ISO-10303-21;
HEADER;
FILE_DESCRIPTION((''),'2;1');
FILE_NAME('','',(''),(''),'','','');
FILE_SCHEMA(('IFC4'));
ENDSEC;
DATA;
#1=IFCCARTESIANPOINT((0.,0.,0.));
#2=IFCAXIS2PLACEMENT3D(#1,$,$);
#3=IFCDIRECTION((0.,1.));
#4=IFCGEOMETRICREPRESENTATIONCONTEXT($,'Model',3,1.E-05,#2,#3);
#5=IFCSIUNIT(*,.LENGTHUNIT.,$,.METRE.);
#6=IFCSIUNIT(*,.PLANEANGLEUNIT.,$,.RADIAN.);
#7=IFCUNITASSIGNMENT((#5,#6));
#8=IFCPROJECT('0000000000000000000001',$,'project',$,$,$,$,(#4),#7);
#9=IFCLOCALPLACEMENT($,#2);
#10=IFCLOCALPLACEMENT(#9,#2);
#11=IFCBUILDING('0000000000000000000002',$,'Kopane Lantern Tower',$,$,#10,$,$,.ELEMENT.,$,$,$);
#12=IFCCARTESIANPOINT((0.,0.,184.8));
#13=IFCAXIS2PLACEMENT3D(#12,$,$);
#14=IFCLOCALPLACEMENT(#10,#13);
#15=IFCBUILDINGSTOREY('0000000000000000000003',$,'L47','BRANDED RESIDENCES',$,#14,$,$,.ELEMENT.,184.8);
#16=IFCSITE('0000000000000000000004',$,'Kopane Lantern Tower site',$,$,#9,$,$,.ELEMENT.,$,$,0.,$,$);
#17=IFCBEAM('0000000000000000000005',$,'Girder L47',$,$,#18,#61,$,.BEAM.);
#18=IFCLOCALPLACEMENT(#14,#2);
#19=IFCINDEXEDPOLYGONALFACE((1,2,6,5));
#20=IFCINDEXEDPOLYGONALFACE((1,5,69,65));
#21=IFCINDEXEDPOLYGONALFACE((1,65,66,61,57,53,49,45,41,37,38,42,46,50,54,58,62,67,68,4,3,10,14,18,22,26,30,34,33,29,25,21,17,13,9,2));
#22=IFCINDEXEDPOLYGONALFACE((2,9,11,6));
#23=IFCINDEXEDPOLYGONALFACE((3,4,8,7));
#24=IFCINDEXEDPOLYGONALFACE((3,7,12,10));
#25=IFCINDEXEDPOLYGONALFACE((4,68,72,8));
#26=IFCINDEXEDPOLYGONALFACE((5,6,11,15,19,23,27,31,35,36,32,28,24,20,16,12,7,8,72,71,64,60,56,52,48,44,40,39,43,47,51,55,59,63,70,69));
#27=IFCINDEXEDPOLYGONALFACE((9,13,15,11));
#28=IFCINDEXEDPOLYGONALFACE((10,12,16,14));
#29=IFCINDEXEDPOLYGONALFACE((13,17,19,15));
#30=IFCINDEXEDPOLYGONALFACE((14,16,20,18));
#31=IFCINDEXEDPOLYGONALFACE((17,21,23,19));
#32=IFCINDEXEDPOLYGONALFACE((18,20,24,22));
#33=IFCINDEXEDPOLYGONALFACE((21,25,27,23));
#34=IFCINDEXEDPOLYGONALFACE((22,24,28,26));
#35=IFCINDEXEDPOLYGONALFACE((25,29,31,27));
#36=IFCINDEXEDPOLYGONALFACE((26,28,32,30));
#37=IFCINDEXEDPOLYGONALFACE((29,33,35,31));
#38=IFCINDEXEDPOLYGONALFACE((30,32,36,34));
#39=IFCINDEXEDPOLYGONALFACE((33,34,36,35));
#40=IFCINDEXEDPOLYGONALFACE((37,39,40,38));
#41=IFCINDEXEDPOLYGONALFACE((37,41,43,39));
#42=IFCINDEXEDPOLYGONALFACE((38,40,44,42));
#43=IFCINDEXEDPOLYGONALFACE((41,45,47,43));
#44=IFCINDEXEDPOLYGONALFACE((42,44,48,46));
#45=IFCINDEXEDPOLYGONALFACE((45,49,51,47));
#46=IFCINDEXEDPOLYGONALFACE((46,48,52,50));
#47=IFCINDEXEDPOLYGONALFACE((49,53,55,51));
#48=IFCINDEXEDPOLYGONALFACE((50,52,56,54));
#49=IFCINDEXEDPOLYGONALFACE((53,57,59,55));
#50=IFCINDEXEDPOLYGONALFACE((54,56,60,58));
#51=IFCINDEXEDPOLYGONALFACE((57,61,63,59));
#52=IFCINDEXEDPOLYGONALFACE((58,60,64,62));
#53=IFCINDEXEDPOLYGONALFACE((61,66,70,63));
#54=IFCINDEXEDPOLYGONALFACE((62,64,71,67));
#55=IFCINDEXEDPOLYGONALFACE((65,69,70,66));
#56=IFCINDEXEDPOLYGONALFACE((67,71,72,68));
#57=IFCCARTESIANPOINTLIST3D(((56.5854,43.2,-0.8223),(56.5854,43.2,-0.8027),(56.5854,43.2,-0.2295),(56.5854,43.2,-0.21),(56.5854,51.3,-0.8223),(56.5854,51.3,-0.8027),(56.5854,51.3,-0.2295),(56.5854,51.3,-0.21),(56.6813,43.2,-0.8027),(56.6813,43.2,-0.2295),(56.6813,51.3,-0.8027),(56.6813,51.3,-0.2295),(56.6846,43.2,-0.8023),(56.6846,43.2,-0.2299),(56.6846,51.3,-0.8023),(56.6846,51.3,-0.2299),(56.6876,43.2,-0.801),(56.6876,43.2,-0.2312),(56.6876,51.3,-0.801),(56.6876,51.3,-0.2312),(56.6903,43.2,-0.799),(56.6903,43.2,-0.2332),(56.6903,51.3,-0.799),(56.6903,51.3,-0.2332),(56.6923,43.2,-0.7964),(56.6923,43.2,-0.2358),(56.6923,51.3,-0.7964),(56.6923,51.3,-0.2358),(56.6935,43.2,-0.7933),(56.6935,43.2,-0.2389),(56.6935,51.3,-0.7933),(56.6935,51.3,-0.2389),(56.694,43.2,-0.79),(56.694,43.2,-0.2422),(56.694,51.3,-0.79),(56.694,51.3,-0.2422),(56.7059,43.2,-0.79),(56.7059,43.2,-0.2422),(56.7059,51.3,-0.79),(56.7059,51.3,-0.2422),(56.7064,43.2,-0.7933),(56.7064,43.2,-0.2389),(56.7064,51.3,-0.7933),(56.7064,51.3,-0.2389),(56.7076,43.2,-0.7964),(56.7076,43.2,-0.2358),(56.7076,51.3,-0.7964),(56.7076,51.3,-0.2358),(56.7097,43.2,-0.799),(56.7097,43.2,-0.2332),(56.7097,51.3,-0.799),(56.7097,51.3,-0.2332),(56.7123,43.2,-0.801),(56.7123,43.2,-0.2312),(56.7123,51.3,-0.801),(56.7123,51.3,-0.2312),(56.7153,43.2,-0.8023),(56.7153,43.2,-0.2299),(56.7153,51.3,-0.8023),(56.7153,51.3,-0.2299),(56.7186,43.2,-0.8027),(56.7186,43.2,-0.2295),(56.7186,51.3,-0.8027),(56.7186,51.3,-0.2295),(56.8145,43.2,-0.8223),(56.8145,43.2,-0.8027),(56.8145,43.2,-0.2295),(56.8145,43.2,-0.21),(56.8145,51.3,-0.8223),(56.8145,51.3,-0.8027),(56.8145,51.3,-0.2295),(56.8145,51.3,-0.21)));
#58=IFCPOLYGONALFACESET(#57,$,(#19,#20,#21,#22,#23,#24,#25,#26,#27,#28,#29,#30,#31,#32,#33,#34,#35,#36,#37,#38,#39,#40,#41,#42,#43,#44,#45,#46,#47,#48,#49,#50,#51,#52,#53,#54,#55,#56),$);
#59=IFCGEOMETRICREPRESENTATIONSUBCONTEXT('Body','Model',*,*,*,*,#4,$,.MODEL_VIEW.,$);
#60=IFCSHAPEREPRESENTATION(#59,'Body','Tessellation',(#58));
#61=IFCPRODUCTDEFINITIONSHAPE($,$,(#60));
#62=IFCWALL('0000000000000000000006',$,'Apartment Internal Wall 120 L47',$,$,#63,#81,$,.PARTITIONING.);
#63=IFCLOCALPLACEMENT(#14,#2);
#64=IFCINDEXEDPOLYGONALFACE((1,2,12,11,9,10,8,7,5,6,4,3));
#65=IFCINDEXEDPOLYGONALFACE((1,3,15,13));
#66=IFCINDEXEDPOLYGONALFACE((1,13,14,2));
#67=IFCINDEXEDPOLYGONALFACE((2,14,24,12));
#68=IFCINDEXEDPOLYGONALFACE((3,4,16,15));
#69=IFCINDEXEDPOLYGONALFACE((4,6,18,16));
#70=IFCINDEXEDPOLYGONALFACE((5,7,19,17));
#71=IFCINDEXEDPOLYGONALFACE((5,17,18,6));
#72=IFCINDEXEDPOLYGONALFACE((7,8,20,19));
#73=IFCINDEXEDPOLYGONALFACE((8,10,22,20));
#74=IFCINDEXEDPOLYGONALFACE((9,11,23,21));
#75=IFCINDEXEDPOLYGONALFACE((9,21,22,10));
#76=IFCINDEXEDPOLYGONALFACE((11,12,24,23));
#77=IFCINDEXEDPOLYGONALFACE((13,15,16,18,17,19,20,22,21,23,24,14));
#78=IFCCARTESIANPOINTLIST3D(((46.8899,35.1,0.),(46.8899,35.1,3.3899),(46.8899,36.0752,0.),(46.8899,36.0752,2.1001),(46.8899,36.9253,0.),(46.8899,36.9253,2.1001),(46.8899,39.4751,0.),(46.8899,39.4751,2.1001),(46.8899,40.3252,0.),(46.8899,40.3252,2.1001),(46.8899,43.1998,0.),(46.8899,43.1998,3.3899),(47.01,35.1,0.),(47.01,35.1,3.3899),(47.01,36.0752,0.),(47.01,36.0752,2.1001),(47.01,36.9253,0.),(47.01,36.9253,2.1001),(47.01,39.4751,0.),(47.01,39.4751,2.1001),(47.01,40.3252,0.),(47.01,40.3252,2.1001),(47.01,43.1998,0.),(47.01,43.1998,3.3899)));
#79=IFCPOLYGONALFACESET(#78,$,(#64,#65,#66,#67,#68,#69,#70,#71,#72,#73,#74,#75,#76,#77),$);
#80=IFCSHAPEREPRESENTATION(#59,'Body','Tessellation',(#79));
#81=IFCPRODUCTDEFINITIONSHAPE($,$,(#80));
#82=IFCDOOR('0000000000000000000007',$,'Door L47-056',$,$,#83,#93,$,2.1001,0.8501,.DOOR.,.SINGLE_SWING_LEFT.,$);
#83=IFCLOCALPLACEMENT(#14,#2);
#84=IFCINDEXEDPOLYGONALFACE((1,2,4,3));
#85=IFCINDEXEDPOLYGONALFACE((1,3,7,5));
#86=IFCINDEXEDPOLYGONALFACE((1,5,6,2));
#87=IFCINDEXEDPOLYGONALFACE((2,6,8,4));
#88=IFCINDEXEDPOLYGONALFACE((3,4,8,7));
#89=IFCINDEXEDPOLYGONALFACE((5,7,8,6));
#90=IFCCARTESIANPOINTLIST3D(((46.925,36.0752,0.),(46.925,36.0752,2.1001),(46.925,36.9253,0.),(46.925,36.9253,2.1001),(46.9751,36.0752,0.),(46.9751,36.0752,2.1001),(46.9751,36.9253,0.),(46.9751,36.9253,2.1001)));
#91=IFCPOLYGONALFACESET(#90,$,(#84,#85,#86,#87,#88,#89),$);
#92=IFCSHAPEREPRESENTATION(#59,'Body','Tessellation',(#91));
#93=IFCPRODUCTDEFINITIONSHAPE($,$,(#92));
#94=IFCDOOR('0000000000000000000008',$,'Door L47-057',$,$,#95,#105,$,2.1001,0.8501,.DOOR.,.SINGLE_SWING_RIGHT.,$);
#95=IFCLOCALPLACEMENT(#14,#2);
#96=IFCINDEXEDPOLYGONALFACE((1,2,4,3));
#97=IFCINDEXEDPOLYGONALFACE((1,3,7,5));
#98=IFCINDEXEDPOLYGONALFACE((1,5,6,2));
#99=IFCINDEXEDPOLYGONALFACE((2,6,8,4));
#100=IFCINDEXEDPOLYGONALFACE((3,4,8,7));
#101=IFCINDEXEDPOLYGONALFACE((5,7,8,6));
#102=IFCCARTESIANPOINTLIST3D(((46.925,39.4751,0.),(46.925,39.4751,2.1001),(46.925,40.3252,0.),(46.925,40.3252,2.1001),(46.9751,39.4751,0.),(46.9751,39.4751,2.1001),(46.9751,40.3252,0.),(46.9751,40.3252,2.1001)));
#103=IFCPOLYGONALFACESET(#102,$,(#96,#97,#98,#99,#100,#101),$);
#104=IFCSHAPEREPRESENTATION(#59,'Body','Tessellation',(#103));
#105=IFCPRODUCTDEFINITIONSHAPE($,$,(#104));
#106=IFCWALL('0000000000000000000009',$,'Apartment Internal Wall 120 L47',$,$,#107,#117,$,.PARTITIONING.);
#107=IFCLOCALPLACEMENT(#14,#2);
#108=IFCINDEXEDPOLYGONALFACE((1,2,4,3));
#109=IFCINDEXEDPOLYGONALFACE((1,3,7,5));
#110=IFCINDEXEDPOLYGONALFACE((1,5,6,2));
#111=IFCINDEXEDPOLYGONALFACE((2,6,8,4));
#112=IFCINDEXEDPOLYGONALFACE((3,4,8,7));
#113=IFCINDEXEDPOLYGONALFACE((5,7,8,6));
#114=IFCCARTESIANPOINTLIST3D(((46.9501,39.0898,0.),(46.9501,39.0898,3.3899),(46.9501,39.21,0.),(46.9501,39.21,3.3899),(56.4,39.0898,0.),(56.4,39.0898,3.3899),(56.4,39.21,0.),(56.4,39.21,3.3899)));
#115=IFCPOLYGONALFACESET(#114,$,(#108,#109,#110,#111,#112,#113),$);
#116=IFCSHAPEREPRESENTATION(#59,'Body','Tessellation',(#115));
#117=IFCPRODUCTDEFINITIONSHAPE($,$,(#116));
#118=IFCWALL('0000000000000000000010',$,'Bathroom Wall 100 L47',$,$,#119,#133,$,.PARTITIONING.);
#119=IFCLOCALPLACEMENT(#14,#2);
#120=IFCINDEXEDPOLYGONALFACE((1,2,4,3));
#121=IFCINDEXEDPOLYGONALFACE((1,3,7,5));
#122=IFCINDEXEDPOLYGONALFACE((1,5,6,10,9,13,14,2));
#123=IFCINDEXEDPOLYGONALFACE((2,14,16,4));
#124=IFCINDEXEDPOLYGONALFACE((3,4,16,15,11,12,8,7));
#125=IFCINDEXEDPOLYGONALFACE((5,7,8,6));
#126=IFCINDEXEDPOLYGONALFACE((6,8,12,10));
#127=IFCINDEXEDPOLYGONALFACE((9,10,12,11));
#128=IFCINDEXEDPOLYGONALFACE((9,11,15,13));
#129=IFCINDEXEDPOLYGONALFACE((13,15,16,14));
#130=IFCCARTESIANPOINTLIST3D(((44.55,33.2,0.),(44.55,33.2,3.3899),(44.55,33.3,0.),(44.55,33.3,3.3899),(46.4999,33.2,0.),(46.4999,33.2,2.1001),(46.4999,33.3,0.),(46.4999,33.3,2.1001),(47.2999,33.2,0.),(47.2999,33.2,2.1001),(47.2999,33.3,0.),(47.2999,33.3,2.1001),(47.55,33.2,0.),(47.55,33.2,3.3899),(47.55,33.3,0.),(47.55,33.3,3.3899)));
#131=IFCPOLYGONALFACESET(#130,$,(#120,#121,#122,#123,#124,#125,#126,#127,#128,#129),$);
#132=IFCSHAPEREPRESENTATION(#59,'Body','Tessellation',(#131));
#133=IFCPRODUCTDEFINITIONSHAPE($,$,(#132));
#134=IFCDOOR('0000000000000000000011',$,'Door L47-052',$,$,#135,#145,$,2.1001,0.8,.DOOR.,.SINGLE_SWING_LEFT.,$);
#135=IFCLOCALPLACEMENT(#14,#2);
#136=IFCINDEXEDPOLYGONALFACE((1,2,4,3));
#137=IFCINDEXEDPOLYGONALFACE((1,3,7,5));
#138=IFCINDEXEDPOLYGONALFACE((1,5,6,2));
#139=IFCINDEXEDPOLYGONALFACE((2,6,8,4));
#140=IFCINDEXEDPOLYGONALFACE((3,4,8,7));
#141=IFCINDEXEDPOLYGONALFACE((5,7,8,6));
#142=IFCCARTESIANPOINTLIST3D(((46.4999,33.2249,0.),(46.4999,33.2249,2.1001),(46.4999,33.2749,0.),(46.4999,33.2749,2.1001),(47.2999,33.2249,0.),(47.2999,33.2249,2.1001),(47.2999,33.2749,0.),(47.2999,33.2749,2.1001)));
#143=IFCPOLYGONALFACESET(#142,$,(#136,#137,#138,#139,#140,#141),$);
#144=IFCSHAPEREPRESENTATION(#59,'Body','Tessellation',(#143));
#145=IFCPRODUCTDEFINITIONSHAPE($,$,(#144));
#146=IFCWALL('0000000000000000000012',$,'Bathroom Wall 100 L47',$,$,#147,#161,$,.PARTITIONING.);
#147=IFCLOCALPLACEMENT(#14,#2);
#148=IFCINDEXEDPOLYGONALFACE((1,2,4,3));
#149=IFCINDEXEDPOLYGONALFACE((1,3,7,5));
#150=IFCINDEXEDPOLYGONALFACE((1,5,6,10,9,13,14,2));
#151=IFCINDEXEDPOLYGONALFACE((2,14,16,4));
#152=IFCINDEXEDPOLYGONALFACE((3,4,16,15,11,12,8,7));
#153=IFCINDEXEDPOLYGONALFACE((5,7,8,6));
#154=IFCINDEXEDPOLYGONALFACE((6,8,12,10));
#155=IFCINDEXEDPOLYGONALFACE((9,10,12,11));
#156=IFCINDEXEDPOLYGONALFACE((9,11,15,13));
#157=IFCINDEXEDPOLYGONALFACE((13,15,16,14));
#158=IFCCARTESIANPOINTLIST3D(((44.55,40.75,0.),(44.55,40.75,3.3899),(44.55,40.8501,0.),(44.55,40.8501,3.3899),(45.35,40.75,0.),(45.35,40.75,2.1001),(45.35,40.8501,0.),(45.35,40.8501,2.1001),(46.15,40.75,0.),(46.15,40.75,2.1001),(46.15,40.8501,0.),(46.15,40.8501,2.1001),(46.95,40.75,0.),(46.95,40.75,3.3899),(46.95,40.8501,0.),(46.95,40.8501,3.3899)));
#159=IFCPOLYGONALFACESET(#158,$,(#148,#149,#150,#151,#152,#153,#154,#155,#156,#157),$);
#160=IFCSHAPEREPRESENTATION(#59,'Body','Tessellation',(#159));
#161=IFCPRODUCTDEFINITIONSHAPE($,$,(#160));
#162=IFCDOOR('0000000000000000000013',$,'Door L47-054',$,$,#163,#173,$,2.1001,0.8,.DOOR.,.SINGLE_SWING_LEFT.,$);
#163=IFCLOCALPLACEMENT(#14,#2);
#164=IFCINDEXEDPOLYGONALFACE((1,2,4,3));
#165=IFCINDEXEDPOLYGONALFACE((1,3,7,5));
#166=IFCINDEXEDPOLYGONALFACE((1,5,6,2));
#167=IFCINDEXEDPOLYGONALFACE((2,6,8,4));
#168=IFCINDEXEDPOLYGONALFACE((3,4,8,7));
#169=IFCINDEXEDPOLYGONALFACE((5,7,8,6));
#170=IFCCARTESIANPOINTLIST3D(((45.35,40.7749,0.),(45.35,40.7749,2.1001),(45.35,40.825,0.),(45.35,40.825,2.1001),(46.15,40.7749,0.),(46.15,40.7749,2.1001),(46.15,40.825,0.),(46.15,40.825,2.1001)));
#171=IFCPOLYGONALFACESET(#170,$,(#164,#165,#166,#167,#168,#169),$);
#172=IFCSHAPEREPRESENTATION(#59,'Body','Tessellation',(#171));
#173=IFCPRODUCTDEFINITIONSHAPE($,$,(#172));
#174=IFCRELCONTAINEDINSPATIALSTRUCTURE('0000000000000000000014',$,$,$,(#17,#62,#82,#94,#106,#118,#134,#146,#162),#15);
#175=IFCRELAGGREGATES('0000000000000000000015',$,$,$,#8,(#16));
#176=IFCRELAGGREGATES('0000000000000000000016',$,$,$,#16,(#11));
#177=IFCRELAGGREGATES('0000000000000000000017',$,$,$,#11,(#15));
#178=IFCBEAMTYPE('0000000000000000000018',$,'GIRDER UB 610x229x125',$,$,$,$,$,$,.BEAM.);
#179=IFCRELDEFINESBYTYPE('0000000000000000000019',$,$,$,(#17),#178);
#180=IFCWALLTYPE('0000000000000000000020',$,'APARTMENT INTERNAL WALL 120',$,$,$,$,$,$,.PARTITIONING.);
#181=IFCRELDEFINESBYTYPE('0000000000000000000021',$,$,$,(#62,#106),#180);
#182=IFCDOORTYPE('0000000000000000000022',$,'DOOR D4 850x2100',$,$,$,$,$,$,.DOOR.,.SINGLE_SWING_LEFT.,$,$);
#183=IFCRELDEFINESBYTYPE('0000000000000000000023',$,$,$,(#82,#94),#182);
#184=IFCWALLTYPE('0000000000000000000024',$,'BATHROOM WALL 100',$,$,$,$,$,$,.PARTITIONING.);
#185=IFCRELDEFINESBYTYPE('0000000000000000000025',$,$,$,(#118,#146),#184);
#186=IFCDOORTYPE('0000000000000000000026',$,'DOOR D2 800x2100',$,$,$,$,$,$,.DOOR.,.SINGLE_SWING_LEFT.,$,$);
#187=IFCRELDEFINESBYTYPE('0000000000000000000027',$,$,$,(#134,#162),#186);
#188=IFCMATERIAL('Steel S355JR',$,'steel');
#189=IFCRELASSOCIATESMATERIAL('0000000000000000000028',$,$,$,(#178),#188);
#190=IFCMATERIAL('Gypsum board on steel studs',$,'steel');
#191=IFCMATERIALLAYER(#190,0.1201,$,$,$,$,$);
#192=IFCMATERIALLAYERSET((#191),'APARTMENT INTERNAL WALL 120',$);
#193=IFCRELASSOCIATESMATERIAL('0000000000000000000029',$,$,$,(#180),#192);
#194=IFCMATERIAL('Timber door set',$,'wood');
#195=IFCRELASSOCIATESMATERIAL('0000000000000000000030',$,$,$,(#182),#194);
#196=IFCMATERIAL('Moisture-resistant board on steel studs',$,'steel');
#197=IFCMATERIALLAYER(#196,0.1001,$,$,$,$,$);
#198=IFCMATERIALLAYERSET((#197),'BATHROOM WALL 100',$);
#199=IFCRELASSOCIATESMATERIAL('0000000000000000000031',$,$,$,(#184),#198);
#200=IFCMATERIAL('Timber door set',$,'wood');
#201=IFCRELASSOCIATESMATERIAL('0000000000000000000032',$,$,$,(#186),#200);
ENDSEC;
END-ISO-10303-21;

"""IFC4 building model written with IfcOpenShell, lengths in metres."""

from ifc_helpers import new_model, si_unit, direction, frame, frame_2d, origin, origin_2d, place, context, subcontext, project, spatial, rectangle, i_section, extrude, material, layer, layer_set, material_profile, profile_set, type_object, element, fill, save


model = new_model("IFC4")

# Units and contexts
model_context = context("Model", 3, precision=1e-05, world=origin(), true_north=direction((0.0, 1.0)))
body_context = subcontext(model_context, "Body", "Model", "MODEL_VIEW")
ifc_project = project(units=[si_unit("LENGTHUNIT", "METRE"), si_unit("PLANEANGLEUNIT", "RADIAN")], contexts=[model_context])

# Site, building, storey
site_placement = place(None, origin())
site = spatial("IfcSite", under=ifc_project, at=site_placement, Name="Kopane Lantern Tower site", CompositionType="ELEMENT", RefElevation=0.0)
building_placement = place(site_placement, origin())
building = spatial("IfcBuilding", under=site, at=building_placement, Name="Kopane Lantern Tower", CompositionType="ELEMENT")
storey_placement = place(building_placement, frame((0.0, 0.0, 184.8)))
storey = spatial("IfcBuildingStorey", under=building, at=storey_placement, Name="L47", Description="BRANDED RESIDENCES", CompositionType="ELEMENT", Elevation=184.8)

# Beam
ifc_material_1 = material(Name="Steel S355JR", Category="steel")
ifc_material_profile_1 = material_profile(ifc_material_1, i_section(OverallWidth=0.229, OverallDepth=0.6123, WebThickness=0.012, FlangeThickness=0.0195, FilletRadius=0.0127, at=origin_2d()), Name="UB 610x229x125")
ifc_profile_set_1 = profile_set([ifc_material_profile_1], Name="Steel S355JR")
beam_type = type_object("IfcBeamType", Name="GIRDER UB 610x229x125", PredefinedType="BEAM", material=ifc_profile_set_1)
beam_1_placement = place(storey_placement, frame((56.7, 43.2, -0.5161), z_axis=(0.0, 1.0, 0.0), x_axis=(-1.0, 0.0, 0.0)))
element("IfcBeam", 1, at=beam_1_placement, inside=storey, type_object=beam_type, Name="Girder L47", PredefinedType="BEAM", context=body_context, shape_type="SweptSolid", body=[
    extrude(i_section(OverallWidth=0.229, OverallDepth=0.6123, WebThickness=0.012, FlangeThickness=0.0195, FilletRadius=0.0127, at=origin_2d()), origin(), (0.0, 0.0, 1.0), 8.1001),
])

# Wall, openings, doors
ifc_material_2 = material(Name="Gypsum board on steel studs", Category="steel")
ifc_layer_1 = layer(ifc_material_2, 0.1201)
ifc_layer_set_1 = layer_set([ifc_layer_1], Name="APARTMENT INTERNAL WALL 120")
wall_type_1 = type_object("IfcWallType", Name="APARTMENT INTERNAL WALL 120", PredefinedType="PARTITIONING", material=ifc_layer_set_1)
wall_1_placement = place(storey_placement, frame((46.95, 35.1001, 0.0), z_axis=(0.0, 0.0, 1.0), x_axis=(0.0, 1.0, 0.0)))
wall_1 = element("IfcWall", 2, at=wall_1_placement, inside=storey, type_object=wall_type_1, Name="Apartment Internal Wall 120 L47", PredefinedType="PARTITIONING", context=body_context, shape_type="SweptSolid", body=[
    extrude(rectangle(XDim=8.0999, YDim=0.1201, at=frame_2d((4.0498, 0.0))), origin(), (0.0, 0.0, 1.0), 3.3899),
])
opening_1_placement = place(wall_1_placement, frame((0.9751, 0.0, 0.0)))
opening_1 = element("IfcOpeningElement", 3, at=opening_1_placement, cuts=wall_1, PredefinedType="OPENING", context=body_context, shape_type="SweptSolid", body=[
    extrude(rectangle(XDim=0.8501, YDim=2.1001, at=frame_2d((0.425, 1.05))), frame((0.0, 0.0701, 0.0), z_axis=(0.0, -1.0, 0.0), x_axis=(1.0, 0.0, 0.0)), (0.0, 0.0, 1.0), 0.1401),
])
opening_2_placement = place(wall_1_placement, frame((4.375, 0.0, 0.0)))
opening_2 = element("IfcOpeningElement", 4, at=opening_2_placement, cuts=wall_1, PredefinedType="OPENING", context=body_context, shape_type="SweptSolid", body=[
    extrude(rectangle(XDim=0.8501, YDim=2.1001, at=frame_2d((0.425, 1.05))), frame((0.0, 0.0701, 0.0), z_axis=(0.0, -1.0, 0.0), x_axis=(1.0, 0.0, 0.0)), (0.0, 0.0, 1.0), 0.1401),
])
ifc_material_3 = material(Name="Timber door set", Category="wood")
door_type_1 = type_object("IfcDoorType", Name="DOOR D4 850x2100", OperationType="SINGLE_SWING_LEFT", PredefinedType="DOOR", material=ifc_material_3)
door_1_placement = place(opening_1_placement, origin())
door_1 = element("IfcDoor", 5, at=door_1_placement, inside=storey, type_object=door_type_1, Name="Door L47-056", OperationType="SINGLE_SWING_LEFT", OverallHeight=2.1001, OverallWidth=0.8501, PredefinedType="DOOR", context=body_context, shape_type="SweptSolid", body=[
    extrude(rectangle(XDim=0.8501, YDim=2.1001, at=frame_2d((0.425, 1.05))), frame((0.0, 0.0249, 0.0), z_axis=(0.0, -1.0, 0.0), x_axis=(1.0, 0.0, 0.0)), (0.0, 0.0, 1.0), 0.05),
])
fill(opening_1, door_1)
door_2_placement = place(opening_2_placement, origin())
door_2 = element("IfcDoor", 6, at=door_2_placement, inside=storey, type_object=door_type_1, Name="Door L47-057", OperationType="SINGLE_SWING_RIGHT", OverallHeight=2.1001, OverallWidth=0.8501, PredefinedType="DOOR", context=body_context, shape_type="SweptSolid", body=[
    extrude(rectangle(XDim=0.8501, YDim=2.1001, at=frame_2d((0.425, 1.05))), frame((0.0, 0.0249, 0.0), z_axis=(0.0, -1.0, 0.0), x_axis=(1.0, 0.0, 0.0)), (0.0, 0.0, 1.0), 0.05),
])
fill(opening_2, door_2)

# Wall
wall_2_placement = place(storey_placement, frame((46.95, 39.1499, 0.0), z_axis=(0.0, 0.0, 1.0), x_axis=(1.0, 0.0, 0.0)))
element("IfcWall", 7, at=wall_2_placement, inside=storey, type_object=wall_type_1, Name="Apartment Internal Wall 120 L47", PredefinedType="PARTITIONING", context=body_context, shape_type="SweptSolid", body=[
    extrude(rectangle(XDim=9.45, YDim=0.1201, at=frame_2d((4.7251, 0.0))), origin(), (0.0, 0.0, 1.0), 3.3899),
])

# Walls, openings, doors
ifc_material_4 = material(Name="Moisture-resistant board on steel studs", Category="steel")
ifc_layer_2 = layer(ifc_material_4, 0.1001)
ifc_layer_set_2 = layer_set([ifc_layer_2], Name="BATHROOM WALL 100")
wall_type_2 = type_object("IfcWallType", Name="BATHROOM WALL 100", PredefinedType="PARTITIONING", material=ifc_layer_set_2)
wall_3_placement = place(storey_placement, frame((44.55, 33.25, 0.0), z_axis=(0.0, 0.0, 1.0), x_axis=(1.0, 0.0, 0.0)))
wall_3 = element("IfcWall", 8, at=wall_3_placement, inside=storey, type_object=wall_type_2, Name="Bathroom Wall 100 L47", PredefinedType="PARTITIONING", context=body_context, shape_type="SweptSolid", body=[
    extrude(rectangle(XDim=3.0, YDim=0.1001, at=frame_2d((1.5, 0.0))), origin(), (0.0, 0.0, 1.0), 3.3899),
])
opening_3_placement = place(wall_3_placement, frame((1.95, 0.0, 0.0)))
opening_3 = element("IfcOpeningElement", 9, at=opening_3_placement, cuts=wall_3, PredefinedType="OPENING", context=body_context, shape_type="SweptSolid", body=[
    extrude(rectangle(XDim=0.8, YDim=2.1001, at=frame_2d((0.3999, 1.05))), frame((0.0, 0.0601, 0.0), z_axis=(0.0, -1.0, 0.0), x_axis=(1.0, 0.0, 0.0)), (0.0, 0.0, 1.0), 0.1201),
])
ifc_material_5 = material(Name="Timber door set", Category="wood")
door_type_2 = type_object("IfcDoorType", Name="DOOR D2 800x2100", OperationType="SINGLE_SWING_LEFT", PredefinedType="DOOR", material=ifc_material_5)
door_3_placement = place(opening_3_placement, origin())
door_3 = element("IfcDoor", 10, at=door_3_placement, inside=storey, type_object=door_type_2, Name="Door L47-052", OperationType="SINGLE_SWING_LEFT", OverallHeight=2.1001, OverallWidth=0.8, PredefinedType="DOOR", context=body_context, shape_type="SweptSolid", body=[
    extrude(rectangle(XDim=0.8, YDim=2.1001, at=frame_2d((0.3999, 1.05))), frame((0.0, 0.0249, 0.0), z_axis=(0.0, -1.0, 0.0), x_axis=(1.0, 0.0, 0.0)), (0.0, 0.0, 1.0), 0.05),
])
fill(opening_3, door_3)
wall_4_placement = place(storey_placement, frame((44.55, 40.8, 0.0), z_axis=(0.0, 0.0, 1.0), x_axis=(1.0, 0.0, 0.0)))
wall_4 = element("IfcWall", 11, at=wall_4_placement, inside=storey, type_object=wall_type_2, Name="Bathroom Wall 100 L47", PredefinedType="PARTITIONING", context=body_context, shape_type="SweptSolid", body=[
    extrude(rectangle(XDim=2.3999, YDim=0.1001, at=frame_2d((1.2, 0.0))), origin(), (0.0, 0.0, 1.0), 3.3899),
])
opening_4_placement = place(wall_4_placement, frame((0.8, 0.0, 0.0)))
opening_4 = element("IfcOpeningElement", 12, at=opening_4_placement, cuts=wall_4, PredefinedType="OPENING", context=body_context, shape_type="SweptSolid", body=[
    extrude(rectangle(XDim=0.8, YDim=2.1001, at=frame_2d((0.3999, 1.05))), frame((0.0, 0.0601, 0.0), z_axis=(0.0, -1.0, 0.0), x_axis=(1.0, 0.0, 0.0)), (0.0, 0.0, 1.0), 0.1201),
])
door_4_placement = place(opening_4_placement, origin())
door_4 = element("IfcDoor", 13, at=door_4_placement, inside=storey, type_object=door_type_2, Name="Door L47-054", OperationType="SINGLE_SWING_LEFT", OverallHeight=2.1001, OverallWidth=0.8, PredefinedType="DOOR", context=body_context, shape_type="SweptSolid", body=[
    extrude(rectangle(XDim=0.8, YDim=2.1001, at=frame_2d((0.3999, 1.05))), frame((0.0, 0.0249, 0.0), z_axis=(0.0, -1.0, 0.0), x_axis=(1.0, 0.0, 0.0)), (0.0, 0.0, 1.0), 0.05),
])
fill(opening_4, door_4)

save(model, "model.ifc")
